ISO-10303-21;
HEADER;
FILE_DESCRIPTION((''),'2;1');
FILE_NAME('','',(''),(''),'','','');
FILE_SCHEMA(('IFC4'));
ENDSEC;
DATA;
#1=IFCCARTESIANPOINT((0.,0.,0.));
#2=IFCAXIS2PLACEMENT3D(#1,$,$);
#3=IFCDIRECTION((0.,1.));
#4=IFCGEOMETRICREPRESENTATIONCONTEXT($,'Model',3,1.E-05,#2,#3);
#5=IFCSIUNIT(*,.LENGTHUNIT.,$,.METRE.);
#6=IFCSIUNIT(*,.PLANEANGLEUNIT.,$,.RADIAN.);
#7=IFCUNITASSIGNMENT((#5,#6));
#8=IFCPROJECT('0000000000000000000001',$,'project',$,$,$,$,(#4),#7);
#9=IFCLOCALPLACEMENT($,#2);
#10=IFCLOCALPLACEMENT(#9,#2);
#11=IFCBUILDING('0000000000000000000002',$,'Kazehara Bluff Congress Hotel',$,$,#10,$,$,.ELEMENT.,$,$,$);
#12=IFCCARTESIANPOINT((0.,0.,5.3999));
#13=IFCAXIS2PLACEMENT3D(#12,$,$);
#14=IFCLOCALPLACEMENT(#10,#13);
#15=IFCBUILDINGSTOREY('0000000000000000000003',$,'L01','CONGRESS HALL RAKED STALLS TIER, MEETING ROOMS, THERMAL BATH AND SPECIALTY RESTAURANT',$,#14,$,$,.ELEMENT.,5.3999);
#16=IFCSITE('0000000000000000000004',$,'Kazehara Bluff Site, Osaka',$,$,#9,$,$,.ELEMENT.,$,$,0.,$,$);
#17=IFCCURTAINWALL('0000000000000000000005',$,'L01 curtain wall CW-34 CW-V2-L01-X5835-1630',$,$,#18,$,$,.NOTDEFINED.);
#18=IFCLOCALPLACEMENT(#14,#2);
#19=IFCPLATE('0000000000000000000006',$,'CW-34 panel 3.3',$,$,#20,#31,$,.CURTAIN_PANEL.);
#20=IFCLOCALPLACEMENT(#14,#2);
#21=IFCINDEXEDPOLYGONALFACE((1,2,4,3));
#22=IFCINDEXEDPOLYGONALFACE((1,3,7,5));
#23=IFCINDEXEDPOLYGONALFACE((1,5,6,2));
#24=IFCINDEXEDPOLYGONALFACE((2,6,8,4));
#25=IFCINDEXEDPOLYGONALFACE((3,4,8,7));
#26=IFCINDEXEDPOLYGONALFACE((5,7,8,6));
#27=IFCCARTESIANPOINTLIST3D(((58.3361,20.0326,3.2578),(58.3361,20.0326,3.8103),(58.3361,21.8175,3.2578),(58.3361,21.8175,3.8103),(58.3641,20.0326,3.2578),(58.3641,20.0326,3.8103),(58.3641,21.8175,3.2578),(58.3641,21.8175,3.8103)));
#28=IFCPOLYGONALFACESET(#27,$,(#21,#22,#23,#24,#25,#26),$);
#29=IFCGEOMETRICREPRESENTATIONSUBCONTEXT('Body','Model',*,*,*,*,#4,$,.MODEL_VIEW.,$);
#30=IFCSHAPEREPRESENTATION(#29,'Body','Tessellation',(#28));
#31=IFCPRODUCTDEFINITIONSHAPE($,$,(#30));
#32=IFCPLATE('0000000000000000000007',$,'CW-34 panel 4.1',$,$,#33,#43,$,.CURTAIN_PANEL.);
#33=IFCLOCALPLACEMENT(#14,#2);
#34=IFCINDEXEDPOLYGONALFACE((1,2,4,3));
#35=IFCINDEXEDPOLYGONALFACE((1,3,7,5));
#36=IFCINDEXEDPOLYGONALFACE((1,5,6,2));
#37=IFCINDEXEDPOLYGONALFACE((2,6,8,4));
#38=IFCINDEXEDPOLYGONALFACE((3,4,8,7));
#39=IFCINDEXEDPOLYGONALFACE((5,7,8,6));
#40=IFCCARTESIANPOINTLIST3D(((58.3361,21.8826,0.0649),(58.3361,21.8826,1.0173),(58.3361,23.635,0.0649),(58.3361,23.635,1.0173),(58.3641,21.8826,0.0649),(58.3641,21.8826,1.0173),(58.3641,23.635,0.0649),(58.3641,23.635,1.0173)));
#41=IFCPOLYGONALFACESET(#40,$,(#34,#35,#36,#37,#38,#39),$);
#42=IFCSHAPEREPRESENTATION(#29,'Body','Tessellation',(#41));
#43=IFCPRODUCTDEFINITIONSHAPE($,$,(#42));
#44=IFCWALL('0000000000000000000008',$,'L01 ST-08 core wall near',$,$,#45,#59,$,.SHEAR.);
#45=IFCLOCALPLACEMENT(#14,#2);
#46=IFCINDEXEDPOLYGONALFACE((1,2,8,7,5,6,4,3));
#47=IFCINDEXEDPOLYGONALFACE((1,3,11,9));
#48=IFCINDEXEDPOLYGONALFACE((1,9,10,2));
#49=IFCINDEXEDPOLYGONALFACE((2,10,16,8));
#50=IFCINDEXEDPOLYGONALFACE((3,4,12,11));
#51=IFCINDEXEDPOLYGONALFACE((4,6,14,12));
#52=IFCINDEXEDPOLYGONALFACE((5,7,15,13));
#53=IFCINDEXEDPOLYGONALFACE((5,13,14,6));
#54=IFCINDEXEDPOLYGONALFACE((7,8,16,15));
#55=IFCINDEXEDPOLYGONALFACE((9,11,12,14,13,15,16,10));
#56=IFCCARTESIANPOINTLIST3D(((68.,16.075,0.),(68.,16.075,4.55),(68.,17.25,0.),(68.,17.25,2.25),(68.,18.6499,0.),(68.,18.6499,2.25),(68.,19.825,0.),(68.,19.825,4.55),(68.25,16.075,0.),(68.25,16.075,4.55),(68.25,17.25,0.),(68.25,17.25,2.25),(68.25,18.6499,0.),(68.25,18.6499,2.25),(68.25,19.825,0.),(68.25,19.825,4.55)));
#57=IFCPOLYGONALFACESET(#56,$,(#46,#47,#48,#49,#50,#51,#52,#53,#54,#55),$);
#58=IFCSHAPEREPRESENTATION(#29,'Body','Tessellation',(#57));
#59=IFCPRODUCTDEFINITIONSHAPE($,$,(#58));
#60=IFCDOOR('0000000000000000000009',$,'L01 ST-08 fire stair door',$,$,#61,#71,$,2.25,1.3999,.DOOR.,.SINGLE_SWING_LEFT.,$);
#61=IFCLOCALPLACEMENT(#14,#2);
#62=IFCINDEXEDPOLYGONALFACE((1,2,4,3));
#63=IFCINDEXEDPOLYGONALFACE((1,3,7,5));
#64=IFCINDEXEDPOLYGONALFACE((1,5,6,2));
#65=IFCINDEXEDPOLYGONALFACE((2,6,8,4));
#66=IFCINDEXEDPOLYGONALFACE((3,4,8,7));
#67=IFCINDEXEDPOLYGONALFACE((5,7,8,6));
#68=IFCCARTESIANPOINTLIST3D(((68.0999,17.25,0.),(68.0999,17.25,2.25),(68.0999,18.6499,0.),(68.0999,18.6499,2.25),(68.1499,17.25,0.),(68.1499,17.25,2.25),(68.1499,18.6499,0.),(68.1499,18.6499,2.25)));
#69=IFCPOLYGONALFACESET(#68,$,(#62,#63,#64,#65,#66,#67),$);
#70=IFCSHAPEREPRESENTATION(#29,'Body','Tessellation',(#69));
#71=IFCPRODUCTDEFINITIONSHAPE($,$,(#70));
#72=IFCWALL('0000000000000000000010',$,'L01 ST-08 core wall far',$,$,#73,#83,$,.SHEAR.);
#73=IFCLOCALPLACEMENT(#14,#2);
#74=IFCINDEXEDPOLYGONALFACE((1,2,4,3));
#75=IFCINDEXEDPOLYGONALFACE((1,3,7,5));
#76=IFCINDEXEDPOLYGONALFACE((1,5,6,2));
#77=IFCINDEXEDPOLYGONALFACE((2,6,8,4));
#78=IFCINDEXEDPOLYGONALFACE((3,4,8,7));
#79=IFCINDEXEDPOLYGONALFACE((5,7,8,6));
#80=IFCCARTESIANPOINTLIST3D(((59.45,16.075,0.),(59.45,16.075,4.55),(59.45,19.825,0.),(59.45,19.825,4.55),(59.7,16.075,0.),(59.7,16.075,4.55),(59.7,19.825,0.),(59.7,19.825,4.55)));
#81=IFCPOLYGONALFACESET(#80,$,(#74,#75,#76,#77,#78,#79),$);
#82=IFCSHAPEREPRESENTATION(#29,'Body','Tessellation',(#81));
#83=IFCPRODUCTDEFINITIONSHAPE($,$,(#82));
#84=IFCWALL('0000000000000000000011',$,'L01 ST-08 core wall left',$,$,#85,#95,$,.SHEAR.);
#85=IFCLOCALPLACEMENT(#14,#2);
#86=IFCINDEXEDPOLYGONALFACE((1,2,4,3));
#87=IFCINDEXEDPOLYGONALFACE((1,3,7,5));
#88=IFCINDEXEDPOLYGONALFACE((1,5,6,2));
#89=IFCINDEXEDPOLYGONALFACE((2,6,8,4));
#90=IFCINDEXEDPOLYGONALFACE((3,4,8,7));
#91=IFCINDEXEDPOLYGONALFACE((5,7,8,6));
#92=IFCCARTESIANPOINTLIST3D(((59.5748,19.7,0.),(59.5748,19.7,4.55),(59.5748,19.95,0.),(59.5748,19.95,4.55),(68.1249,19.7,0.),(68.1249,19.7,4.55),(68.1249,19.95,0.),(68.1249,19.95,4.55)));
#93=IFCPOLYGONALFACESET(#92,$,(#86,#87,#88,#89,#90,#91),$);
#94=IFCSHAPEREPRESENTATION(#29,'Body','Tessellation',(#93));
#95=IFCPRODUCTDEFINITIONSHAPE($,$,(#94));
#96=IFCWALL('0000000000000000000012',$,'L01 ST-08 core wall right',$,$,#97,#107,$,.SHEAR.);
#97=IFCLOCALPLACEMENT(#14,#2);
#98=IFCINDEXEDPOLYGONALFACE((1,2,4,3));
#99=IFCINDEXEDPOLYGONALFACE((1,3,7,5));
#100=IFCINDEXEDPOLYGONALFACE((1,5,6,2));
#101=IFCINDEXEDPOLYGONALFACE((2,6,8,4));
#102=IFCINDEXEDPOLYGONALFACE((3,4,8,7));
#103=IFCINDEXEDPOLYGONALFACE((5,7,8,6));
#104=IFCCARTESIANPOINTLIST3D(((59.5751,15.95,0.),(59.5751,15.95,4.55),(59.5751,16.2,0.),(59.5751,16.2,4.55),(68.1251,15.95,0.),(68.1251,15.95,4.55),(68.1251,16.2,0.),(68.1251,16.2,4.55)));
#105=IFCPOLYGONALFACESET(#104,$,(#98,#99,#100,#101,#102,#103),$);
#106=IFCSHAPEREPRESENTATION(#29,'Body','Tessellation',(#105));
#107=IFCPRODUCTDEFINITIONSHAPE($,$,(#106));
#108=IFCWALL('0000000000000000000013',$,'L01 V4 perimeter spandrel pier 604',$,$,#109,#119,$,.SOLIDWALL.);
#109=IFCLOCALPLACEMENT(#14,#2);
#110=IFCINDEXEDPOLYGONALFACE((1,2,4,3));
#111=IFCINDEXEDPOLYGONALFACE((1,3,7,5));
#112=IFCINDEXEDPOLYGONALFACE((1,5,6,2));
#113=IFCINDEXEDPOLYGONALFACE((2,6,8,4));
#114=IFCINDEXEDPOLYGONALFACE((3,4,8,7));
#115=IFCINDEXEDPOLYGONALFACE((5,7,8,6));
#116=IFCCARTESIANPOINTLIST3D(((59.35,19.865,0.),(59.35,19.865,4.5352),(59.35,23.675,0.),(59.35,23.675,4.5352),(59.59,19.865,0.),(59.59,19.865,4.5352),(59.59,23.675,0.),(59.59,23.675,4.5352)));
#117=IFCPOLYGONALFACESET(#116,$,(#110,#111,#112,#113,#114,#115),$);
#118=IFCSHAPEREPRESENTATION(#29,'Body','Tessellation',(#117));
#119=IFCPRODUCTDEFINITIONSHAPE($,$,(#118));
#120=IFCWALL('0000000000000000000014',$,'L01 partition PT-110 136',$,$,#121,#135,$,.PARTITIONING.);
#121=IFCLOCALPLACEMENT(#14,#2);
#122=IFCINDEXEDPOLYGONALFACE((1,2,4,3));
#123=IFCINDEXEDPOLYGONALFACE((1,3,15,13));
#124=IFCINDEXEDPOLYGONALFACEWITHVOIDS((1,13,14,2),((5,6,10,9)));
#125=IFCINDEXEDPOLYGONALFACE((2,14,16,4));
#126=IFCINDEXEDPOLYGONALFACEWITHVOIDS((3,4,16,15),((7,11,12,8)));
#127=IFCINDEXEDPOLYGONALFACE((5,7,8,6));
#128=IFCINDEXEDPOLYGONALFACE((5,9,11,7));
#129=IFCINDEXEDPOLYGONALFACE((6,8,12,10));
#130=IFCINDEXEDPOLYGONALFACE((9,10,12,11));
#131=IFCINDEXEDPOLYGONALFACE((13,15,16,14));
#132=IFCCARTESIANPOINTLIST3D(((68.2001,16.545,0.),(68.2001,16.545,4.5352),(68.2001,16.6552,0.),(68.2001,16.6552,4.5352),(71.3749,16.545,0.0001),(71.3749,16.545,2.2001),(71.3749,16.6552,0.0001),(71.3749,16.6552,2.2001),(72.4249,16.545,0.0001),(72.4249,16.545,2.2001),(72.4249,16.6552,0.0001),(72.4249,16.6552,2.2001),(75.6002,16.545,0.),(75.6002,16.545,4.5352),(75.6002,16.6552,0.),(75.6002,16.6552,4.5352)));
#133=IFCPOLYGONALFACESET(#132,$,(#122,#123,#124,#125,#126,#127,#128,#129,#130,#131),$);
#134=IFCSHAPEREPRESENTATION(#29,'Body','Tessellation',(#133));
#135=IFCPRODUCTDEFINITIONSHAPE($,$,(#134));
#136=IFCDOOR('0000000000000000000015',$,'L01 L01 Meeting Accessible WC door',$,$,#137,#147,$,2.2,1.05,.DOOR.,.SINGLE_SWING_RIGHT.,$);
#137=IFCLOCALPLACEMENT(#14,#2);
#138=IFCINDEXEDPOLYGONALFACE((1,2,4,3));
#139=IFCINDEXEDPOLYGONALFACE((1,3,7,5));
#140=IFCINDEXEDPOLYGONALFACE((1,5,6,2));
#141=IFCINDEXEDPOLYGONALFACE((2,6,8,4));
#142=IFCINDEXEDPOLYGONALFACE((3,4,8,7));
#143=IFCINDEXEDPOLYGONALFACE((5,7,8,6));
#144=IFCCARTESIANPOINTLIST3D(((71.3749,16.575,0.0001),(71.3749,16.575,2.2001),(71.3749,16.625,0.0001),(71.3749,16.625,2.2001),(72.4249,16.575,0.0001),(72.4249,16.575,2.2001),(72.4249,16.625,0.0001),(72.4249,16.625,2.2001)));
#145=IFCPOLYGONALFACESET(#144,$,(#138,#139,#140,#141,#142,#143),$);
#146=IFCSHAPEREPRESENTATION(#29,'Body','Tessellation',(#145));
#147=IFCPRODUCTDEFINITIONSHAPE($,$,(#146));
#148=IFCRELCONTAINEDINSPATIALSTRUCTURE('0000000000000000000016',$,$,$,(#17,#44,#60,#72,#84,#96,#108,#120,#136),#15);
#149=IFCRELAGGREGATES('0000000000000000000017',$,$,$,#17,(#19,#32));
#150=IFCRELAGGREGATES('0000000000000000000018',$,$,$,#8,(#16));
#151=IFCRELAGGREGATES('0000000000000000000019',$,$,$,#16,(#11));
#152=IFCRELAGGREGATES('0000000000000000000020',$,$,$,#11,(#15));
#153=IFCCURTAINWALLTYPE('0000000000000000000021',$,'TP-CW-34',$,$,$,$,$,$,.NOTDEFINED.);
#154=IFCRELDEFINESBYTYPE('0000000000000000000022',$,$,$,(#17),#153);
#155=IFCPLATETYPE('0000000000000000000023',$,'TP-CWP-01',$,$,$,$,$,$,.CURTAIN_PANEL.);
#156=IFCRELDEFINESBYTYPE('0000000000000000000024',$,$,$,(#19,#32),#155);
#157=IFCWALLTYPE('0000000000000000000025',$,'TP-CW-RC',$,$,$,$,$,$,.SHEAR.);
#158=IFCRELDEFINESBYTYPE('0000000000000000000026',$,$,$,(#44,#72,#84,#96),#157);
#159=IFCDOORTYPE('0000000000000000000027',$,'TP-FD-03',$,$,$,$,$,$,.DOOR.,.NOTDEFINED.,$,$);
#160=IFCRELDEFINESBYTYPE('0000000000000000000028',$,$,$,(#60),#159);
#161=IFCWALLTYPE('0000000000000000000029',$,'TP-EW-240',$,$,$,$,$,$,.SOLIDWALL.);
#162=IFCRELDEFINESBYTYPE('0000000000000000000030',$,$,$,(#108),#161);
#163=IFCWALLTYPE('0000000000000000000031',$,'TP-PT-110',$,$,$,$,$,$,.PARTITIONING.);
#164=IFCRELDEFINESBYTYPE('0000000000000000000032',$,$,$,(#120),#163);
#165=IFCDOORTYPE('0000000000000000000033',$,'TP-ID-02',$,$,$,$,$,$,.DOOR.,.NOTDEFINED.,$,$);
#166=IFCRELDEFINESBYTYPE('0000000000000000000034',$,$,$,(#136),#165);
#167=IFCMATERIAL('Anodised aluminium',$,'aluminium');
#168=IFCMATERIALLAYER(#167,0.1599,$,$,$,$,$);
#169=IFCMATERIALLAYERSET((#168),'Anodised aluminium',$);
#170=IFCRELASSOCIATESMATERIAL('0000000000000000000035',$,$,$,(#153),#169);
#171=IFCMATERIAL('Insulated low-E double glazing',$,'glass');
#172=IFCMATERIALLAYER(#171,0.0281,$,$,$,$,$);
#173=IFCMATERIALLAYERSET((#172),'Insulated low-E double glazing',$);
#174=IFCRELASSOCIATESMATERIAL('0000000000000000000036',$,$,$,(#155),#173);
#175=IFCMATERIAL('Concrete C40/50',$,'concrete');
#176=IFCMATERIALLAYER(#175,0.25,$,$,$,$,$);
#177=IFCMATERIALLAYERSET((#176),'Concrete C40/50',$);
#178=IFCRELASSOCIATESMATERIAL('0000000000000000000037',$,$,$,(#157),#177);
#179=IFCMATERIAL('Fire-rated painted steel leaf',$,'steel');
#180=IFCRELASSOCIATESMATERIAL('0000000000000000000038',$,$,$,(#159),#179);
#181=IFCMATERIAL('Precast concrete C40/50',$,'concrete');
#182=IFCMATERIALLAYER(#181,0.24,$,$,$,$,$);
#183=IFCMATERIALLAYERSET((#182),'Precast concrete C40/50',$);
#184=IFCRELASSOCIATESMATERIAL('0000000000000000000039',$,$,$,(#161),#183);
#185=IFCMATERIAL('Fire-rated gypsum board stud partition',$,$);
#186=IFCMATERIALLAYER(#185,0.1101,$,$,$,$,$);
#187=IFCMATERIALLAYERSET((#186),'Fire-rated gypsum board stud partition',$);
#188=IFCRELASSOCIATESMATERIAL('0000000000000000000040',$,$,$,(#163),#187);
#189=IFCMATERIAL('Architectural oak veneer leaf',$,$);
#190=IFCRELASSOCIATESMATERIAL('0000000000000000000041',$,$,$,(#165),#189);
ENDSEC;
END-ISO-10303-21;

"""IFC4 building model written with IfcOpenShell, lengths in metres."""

from ifc_helpers import new_model, si_unit, direction, frame, frame_2d, origin, origin_2d, place, context, subcontext, project, spatial, rectangle, extrude, material, layer, layer_set, type_object, element, fill, aggregate, save


model = new_model("IFC4")

# Units and contexts
model_context = context("Model", 3, precision=1e-05, world=origin(), true_north=direction((0.0, 1.0)))
body_context = subcontext(model_context, "Body", "Model", "MODEL_VIEW")
ifc_project = project(units=[si_unit("LENGTHUNIT", "METRE"), si_unit("PLANEANGLEUNIT", "RADIAN")], contexts=[model_context])

# Site, building, storey
site_placement = place(None, origin())
site = spatial("IfcSite", under=ifc_project, at=site_placement, Name="Kazehara Bluff Site, Osaka", CompositionType="ELEMENT", RefElevation=0.0)
building_placement = place(site_placement, origin())
building = spatial("IfcBuilding", under=site, at=building_placement, Name="Kazehara Bluff Congress Hotel", CompositionType="ELEMENT")
storey_placement = place(building_placement, frame((0.0, 0.0, 5.3999)))
storey = spatial("IfcBuildingStorey", under=building, at=storey_placement, Name="L01", Description="CONGRESS HALL RAKED STALLS TIER, MEETING ROOMS, THERMAL BATH AND SPECIALTY RESTAURANT", CompositionType="ELEMENT", Elevation=5.3999)

# Curtain wall
ifc_material_1 = material(Name="Anodised aluminium", Category="aluminium")
ifc_layer_1 = layer(ifc_material_1, 0.1599)
ifc_layer_set_1 = layer_set([ifc_layer_1], Name="Anodised aluminium")
curtain_wall_type = type_object("IfcCurtainWallType", Name="TP-CW-34", PredefinedType="NOTDEFINED", material=ifc_layer_set_1)
curtain_wall_placement = place(storey_placement, origin())
curtain_wall = element("IfcCurtainWall", 1, at=curtain_wall_placement, inside=storey, type_object=curtain_wall_type, Name="L01 curtain wall CW-34 CW-V2-L01-X5835-1630", PredefinedType="NOTDEFINED")

# Plates
ifc_material_2 = material(Name="Insulated low-E double glazing", Category="glass")
ifc_layer_2 = layer(ifc_material_2, 0.0281)
ifc_layer_set_2 = layer_set([ifc_layer_2], Name="Insulated low-E double glazing")
plate_type = type_object("IfcPlateType", Name="TP-CWP-01", PredefinedType="CURTAIN_PANEL", material=ifc_layer_set_2)
plate_1_placement = place(storey_placement, frame((58.3501, 20.925, 3.2578), z_axis=(0.0, 0.0, 1.0), x_axis=(0.0, 1.0, 0.0)))
plate_1 = element("IfcPlate", 2, at=plate_1_placement, type_object=plate_type, Name="CW-34 panel 3.3", PredefinedType="CURTAIN_PANEL", context=body_context, shape_type="SweptSolid", body=[
    extrude(rectangle(XDim=1.7849, YDim=0.0281, at=origin_2d()), origin(), (0.0, 0.0, 1.0), 0.5525),
])
plate_2_placement = place(storey_placement, frame((58.3501, 22.7588, 0.0649), z_axis=(0.0, 0.0, 1.0), x_axis=(0.0, 1.0, 0.0)))
plate_2 = element("IfcPlate", 3, at=plate_2_placement, type_object=plate_type, Name="CW-34 panel 4.1", PredefinedType="CURTAIN_PANEL", context=body_context, shape_type="SweptSolid", body=[
    extrude(rectangle(XDim=1.7524, YDim=0.0281, at=origin_2d()), origin(), (0.0, 0.0, 1.0), 0.9524),
])
aggregate(curtain_wall, [plate_1, plate_2])

# Wall, opening, door
ifc_material_3 = material(Name="Concrete C40/50", Category="concrete")
ifc_layer_3 = layer(ifc_material_3, 0.25)
ifc_layer_set_3 = layer_set([ifc_layer_3], Name="Concrete C40/50")
wall_type_1 = type_object("IfcWallType", Name="TP-CW-RC", PredefinedType="SHEAR", material=ifc_layer_set_3)
wall_1_placement = place(storey_placement, frame((68.125, 19.825, 0.0), z_axis=(0.0, 0.0, 1.0), x_axis=(0.0, -1.0, 0.0)))
wall_1 = element("IfcWall", 4, at=wall_1_placement, inside=storey, type_object=wall_type_1, Name="L01 ST-08 core wall near", PredefinedType="SHEAR", context=body_context, shape_type="SweptSolid", body=[
    extrude(rectangle(XDim=3.75, YDim=0.25, at=frame_2d((1.875, 0.0))), origin(), (0.0, 0.0, 1.0), 4.55),
])
opening_1_placement = place(wall_1_placement, frame((1.175, 0.0, 0.0)))
opening_1 = element("IfcOpeningElement", 5, at=opening_1_placement, cuts=wall_1, PredefinedType="OPENING", context=body_context, shape_type="SweptSolid", body=[
    extrude(rectangle(XDim=1.3999, YDim=2.25, at=frame_2d((0.7, 1.125))), frame((0.0, 0.135, 0.0), z_axis=(0.0, -1.0, 0.0), x_axis=(1.0, 0.0, 0.0)), (0.0, 0.0, 1.0), 0.27),
])
ifc_material_4 = material(Name="Fire-rated painted steel leaf", Category="steel")
door_type_1 = type_object("IfcDoorType", Name="TP-FD-03", OperationType="NOTDEFINED", PredefinedType="DOOR", material=ifc_material_4)
door_1_placement = place(opening_1_placement, origin())
door_1 = element("IfcDoor", 6, at=door_1_placement, inside=storey, type_object=door_type_1, Name="L01 ST-08 fire stair door", OperationType="SINGLE_SWING_LEFT", OverallHeight=2.25, OverallWidth=1.3999, PredefinedType="DOOR", context=body_context, shape_type="SweptSolid", body=[
    extrude(rectangle(XDim=1.3999, YDim=2.25, at=frame_2d((0.7, 1.125))), frame((0.0, 0.0249, 0.0), z_axis=(0.0, -1.0, 0.0), x_axis=(1.0, 0.0, 0.0)), (0.0, 0.0, 1.0), 0.05),
])
fill(opening_1, door_1)

# Walls
wall_2_placement = place(storey_placement, frame((59.575, 16.075, 0.0), z_axis=(0.0, 0.0, 1.0), x_axis=(0.0, 1.0, 0.0)))
element("IfcWall", 7, at=wall_2_placement, inside=storey, type_object=wall_type_1, Name="L01 ST-08 core wall far", PredefinedType="SHEAR", context=body_context, shape_type="SweptSolid", body=[
    extrude(rectangle(XDim=3.75, YDim=0.25, at=frame_2d((1.875, 0.0))), origin(), (0.0, 0.0, 1.0), 4.55),
])
for number, where, z_axis, x_axis, name in (
    (8, (59.575, 19.825, 0.0), (0.0, 0.0, 1.0), (1.0, 0.0, 0.0), "L01 ST-08 core wall left"),
    (9, (68.125, 16.075, 0.0), (0.0, 0.0, 1.0), (-1.0, 0.0, 0.0), "L01 ST-08 core wall right"),
):
    element("IfcWall", number, at=place(storey_placement, frame(where, z_axis=z_axis, x_axis=x_axis)), inside=storey, type_object=wall_type_1, Name=name, PredefinedType="SHEAR", context=body_context, shape_type="SweptSolid", body=[
        extrude(rectangle(XDim=8.55, YDim=0.25, at=frame_2d((4.2749, 0.0))), origin(), (0.0, 0.0, 1.0), 4.55),
    ])
ifc_material_5 = material(Name="Precast concrete C40/50", Category="concrete")
ifc_layer_4 = layer(ifc_material_5, 0.24)
ifc_layer_set_4 = layer_set([ifc_layer_4], Name="Precast concrete C40/50")
wall_type_2 = type_object("IfcWallType", Name="TP-EW-240", PredefinedType="SOLIDWALL", material=ifc_layer_set_4)
wall_3_placement = place(storey_placement, frame((59.47, 19.865, 0.0), z_axis=(0.0, 0.0, 1.0), x_axis=(0.0, 1.0, 0.0)))
element("IfcWall", 10, at=wall_3_placement, inside=storey, type_object=wall_type_2, Name="L01 V4 perimeter spandrel pier 604", PredefinedType="SOLIDWALL", context=body_context, shape_type="SweptSolid", body=[
    extrude(rectangle(XDim=3.8101, YDim=0.24, at=frame_2d((1.905, 0.0))), origin(), (0.0, 0.0, 1.0), 4.5352),
])

# Wall, opening, door
ifc_material_6 = material(Name="Fire-rated gypsum board stud partition")
ifc_layer_5 = layer(ifc_material_6, 0.1101)
ifc_layer_set_5 = layer_set([ifc_layer_5], Name="Fire-rated gypsum board stud partition")
wall_type_3 = type_object("IfcWallType", Name="TP-PT-110", PredefinedType="PARTITIONING", material=ifc_layer_set_5)
wall_4_placement = place(storey_placement, frame((68.2, 16.6001, 0.0), z_axis=(0.0, 0.0, 1.0), x_axis=(1.0, 0.0, 0.0)))
wall_4 = element("IfcWall", 11, at=wall_4_placement, inside=storey, type_object=wall_type_3, Name="L01 partition PT-110 136", PredefinedType="PARTITIONING", context=body_context, shape_type="SweptSolid", body=[
    extrude(rectangle(XDim=7.4001, YDim=0.1101, at=frame_2d((3.7002, 0.0))), origin(), (0.0, 0.0, 1.0), 4.5352),
])
opening_2_placement = place(wall_4_placement, frame((3.175, 0.0, 0.0)))
opening_2 = element("IfcOpeningElement", 12, at=opening_2_placement, cuts=wall_4, PredefinedType="OPENING", context=body_context, shape_type="SweptSolid", body=[
    extrude(rectangle(XDim=1.05, YDim=2.2, at=frame_2d((0.5249, 1.1001))), frame((0.0, 0.0649, 0.0), z_axis=(0.0, -1.0, 0.0), x_axis=(1.0, 0.0, 0.0)), (0.0, 0.0, 1.0), 0.1301),
])
ifc_material_7 = material(Name="Architectural oak veneer leaf")
door_type_2 = type_object("IfcDoorType", Name="TP-ID-02", OperationType="NOTDEFINED", PredefinedType="DOOR", material=ifc_material_7)
door_2_placement = place(opening_2_placement, origin())
door_2 = element("IfcDoor", 13, at=door_2_placement, inside=storey, type_object=door_type_2, Name="L01 L01 Meeting Accessible WC door", OperationType="SINGLE_SWING_RIGHT", OverallHeight=2.2, OverallWidth=1.05, PredefinedType="DOOR", context=body_context, shape_type="SweptSolid", body=[
    extrude(rectangle(XDim=1.05, YDim=2.2, at=frame_2d((0.5249, 1.1001))), frame((0.0, 0.0249, 0.0), z_axis=(0.0, -1.0, 0.0), x_axis=(1.0, 0.0, 0.0)), (0.0, 0.0, 1.0), 0.05),
])
fill(opening_2, door_2)

save(model, "model.ifc")
